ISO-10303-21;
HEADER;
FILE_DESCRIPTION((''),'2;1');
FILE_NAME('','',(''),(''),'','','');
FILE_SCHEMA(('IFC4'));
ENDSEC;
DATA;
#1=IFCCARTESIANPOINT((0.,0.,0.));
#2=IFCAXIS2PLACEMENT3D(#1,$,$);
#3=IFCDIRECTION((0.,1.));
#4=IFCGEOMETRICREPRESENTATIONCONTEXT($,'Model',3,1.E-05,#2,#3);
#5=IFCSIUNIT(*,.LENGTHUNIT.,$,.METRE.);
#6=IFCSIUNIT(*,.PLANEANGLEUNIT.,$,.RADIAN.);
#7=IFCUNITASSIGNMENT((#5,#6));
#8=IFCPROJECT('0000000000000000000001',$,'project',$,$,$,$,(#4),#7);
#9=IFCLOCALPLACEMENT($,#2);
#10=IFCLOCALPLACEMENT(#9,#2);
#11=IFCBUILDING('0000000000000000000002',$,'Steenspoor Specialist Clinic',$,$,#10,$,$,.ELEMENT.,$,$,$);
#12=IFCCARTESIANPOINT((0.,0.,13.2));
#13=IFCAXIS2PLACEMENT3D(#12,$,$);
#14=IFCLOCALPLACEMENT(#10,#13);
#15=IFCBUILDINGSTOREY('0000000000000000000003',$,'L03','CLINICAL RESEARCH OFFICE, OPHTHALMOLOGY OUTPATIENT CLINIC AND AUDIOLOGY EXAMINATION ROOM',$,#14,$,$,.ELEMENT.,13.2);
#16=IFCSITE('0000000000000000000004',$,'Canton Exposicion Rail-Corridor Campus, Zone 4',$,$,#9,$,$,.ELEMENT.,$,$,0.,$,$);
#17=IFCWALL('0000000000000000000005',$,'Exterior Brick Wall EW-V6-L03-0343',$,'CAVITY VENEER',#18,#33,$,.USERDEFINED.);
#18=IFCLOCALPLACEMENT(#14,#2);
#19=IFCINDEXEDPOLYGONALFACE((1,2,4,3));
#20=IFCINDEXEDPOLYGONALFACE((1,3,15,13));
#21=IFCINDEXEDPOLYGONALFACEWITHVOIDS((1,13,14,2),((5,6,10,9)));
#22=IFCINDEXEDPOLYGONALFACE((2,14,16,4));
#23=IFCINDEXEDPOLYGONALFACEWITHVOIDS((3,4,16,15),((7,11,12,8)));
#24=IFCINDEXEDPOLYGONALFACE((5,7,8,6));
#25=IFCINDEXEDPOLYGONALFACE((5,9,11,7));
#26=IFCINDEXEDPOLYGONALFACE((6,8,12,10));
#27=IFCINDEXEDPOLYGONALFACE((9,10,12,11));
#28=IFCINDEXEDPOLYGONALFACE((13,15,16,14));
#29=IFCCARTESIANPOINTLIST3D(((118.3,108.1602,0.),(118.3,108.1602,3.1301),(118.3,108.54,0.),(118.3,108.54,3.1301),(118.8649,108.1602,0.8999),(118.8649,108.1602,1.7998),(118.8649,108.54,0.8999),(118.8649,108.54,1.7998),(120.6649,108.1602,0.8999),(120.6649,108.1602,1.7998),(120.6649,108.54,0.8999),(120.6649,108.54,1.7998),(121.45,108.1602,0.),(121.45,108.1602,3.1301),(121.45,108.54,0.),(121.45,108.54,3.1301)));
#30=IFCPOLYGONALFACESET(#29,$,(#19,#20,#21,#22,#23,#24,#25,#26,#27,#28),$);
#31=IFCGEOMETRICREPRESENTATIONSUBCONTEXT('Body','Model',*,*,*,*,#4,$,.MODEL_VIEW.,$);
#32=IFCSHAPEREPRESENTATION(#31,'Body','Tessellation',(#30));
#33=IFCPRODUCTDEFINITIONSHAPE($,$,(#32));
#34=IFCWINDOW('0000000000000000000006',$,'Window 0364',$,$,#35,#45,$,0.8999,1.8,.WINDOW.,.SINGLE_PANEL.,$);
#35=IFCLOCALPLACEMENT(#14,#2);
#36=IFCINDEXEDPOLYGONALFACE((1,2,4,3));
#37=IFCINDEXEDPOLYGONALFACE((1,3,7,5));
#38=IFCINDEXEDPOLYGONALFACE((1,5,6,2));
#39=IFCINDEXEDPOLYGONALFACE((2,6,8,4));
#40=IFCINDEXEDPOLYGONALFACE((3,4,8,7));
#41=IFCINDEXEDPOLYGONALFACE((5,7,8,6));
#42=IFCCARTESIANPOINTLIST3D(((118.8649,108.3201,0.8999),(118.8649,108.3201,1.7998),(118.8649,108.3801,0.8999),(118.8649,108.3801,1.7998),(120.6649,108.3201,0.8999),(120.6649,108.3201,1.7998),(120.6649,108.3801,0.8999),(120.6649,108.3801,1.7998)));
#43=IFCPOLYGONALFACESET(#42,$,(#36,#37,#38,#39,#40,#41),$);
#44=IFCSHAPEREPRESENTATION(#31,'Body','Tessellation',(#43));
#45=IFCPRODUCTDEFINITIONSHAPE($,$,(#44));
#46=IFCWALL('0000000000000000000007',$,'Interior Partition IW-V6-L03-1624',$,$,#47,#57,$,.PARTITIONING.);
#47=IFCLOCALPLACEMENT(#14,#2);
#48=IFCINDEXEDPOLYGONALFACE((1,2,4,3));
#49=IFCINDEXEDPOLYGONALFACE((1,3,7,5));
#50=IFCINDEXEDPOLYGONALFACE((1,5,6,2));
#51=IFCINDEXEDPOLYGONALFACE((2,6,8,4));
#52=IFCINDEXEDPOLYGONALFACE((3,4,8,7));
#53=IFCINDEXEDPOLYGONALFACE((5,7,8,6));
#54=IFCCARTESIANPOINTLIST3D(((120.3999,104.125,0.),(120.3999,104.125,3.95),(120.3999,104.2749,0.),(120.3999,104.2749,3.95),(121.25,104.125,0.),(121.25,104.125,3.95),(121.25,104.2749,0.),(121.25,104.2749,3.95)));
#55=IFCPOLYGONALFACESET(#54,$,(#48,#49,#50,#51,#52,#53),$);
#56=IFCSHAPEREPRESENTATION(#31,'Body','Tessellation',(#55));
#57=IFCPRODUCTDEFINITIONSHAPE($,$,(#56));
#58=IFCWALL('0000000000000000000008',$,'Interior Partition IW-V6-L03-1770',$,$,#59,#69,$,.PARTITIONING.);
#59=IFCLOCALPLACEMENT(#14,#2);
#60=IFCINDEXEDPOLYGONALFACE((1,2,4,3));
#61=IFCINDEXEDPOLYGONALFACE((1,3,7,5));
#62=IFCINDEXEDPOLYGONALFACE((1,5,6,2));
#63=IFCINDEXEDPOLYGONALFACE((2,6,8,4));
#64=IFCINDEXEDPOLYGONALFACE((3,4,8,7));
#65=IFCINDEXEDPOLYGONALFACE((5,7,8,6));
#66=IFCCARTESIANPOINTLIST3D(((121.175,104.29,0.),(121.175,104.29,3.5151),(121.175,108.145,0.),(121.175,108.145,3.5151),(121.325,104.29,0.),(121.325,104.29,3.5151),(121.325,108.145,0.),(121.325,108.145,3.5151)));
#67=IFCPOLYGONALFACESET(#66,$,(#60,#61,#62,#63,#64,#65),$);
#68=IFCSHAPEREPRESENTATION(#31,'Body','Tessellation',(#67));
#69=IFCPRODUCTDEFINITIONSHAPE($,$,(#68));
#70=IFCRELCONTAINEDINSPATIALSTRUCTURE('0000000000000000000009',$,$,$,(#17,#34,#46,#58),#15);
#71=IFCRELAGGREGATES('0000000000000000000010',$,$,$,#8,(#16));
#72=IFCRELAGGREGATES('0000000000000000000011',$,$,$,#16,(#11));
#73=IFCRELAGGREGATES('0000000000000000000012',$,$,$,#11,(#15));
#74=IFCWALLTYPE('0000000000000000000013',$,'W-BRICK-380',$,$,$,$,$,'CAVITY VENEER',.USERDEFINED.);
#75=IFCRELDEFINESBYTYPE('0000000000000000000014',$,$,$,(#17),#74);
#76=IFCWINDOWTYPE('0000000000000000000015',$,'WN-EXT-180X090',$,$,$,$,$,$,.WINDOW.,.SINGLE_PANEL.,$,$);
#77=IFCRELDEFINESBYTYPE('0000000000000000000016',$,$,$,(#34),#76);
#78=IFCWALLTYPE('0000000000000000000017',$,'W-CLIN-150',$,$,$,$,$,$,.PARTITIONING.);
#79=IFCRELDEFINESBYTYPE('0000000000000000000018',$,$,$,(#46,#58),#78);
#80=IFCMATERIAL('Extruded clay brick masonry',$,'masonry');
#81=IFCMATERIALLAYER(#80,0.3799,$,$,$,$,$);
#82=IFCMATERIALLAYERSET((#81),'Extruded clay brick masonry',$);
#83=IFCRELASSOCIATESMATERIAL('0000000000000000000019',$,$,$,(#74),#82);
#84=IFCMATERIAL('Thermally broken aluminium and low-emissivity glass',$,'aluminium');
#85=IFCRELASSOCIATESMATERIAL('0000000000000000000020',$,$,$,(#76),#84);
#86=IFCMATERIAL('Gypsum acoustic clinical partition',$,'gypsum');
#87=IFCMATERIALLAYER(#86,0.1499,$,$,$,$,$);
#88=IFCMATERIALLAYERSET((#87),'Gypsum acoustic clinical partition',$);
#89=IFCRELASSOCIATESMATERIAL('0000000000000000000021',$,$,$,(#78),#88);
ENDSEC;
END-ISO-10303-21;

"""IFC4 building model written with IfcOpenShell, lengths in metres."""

from ifc_helpers import new_model, si_unit, direction, frame, frame_2d, origin, place, context, subcontext, project, spatial, rectangle, extrude, material, layer, layer_set, type_object, element, fill, save


model = new_model("IFC4")

# Units and contexts
model_context = context("Model", 3, precision=1e-05, world=origin(), true_north=direction((0.0, 1.0)))
body_context = subcontext(model_context, "Body", "Model", "MODEL_VIEW")
ifc_project = project(units=[si_unit("LENGTHUNIT", "METRE"), si_unit("PLANEANGLEUNIT", "RADIAN")], contexts=[model_context])

# Site, building, storey
site_placement = place(None, origin())
site = spatial("IfcSite", under=ifc_project, at=site_placement, Name="Canton Exposicion Rail-Corridor Campus, Zone 4", CompositionType="ELEMENT", RefElevation=0.0)
building_placement = place(site_placement, origin())
building = spatial("IfcBuilding", under=site, at=building_placement, Name="Steenspoor Specialist Clinic", CompositionType="ELEMENT")
storey_placement = place(building_placement, frame((0.0, 0.0, 13.2)))
storey = spatial("IfcBuildingStorey", under=building, at=storey_placement, Name="L03", Description="CLINICAL RESEARCH OFFICE, OPHTHALMOLOGY OUTPATIENT CLINIC AND AUDIOLOGY EXAMINATION ROOM", CompositionType="ELEMENT", Elevation=13.2)

# Shared definitions
ifc_material_1 = material(Name="Thermally broken aluminium and low-emissivity glass", Category="aluminium")

# Wall, opening, window
ifc_material_2 = material(Name="Extruded clay brick masonry", Category="masonry")
ifc_layer_1 = layer(ifc_material_2, 0.3799)
ifc_layer_set_1 = layer_set([ifc_layer_1], Name="Extruded clay brick masonry")
wall_type_1 = type_object("IfcWallType", Name="W-BRICK-380", ElementType="CAVITY VENEER", PredefinedType="USERDEFINED", material=ifc_layer_set_1)
wall_1_placement = place(storey_placement, frame((118.3, 108.3501, 0.0), z_axis=(0.0, 0.0, 1.0), x_axis=(1.0, 0.0, 0.0)))
wall_1 = element("IfcWall", 1, at=wall_1_placement, inside=storey, type_object=wall_type_1, Name="Exterior Brick Wall EW-V6-L03-0343", ObjectType="CAVITY VENEER", PredefinedType="USERDEFINED", context=body_context, shape_type="SweptSolid", body=[
    extrude(rectangle(XDim=3.1499, YDim=0.3799, at=frame_2d((1.575, 0.0))), origin(), (0.0, 0.0, 1.0), 3.1301),
])
opening_placement = place(wall_1_placement, frame((0.5649, 0.0, 0.8999)))
opening = element("IfcOpeningElement", 2, at=opening_placement, cuts=wall_1, PredefinedType="OPENING", context=body_context, shape_type="SweptSolid", body=[
    extrude(rectangle(XDim=1.8, YDim=0.8999, at=frame_2d((0.8999, 0.45))), frame((0.0, 0.2, 0.0), z_axis=(0.0, -1.0, 0.0), x_axis=(1.0, 0.0, 0.0)), (0.0, 0.0, 1.0), 0.3999),
])
window_type = type_object("IfcWindowType", Name="WN-EXT-180X090", PartitioningType="SINGLE_PANEL", PredefinedType="WINDOW", material=ifc_material_1)
window_placement = place(opening_placement, origin())
window = element("IfcWindow", 3, at=window_placement, inside=storey, type_object=window_type, Name="Window 0364", OverallHeight=0.8999, OverallWidth=1.8, PartitioningType="SINGLE_PANEL", PredefinedType="WINDOW", context=body_context, shape_type="SweptSolid", body=[
    extrude(rectangle(XDim=1.8, YDim=0.8999, at=frame_2d((0.8999, 0.45))), frame((0.0, 0.03, 0.0), z_axis=(0.0, -1.0, 0.0), x_axis=(1.0, 0.0, 0.0)), (0.0, 0.0, 1.0), 0.0601),
])
fill(opening, window)

# Walls
ifc_material_3 = material(Name="Gypsum acoustic clinical partition", Category="gypsum")
ifc_layer_2 = layer(ifc_material_3, 0.1499)
ifc_layer_set_2 = layer_set([ifc_layer_2], Name="Gypsum acoustic clinical partition")
wall_type_2 = type_object("IfcWallType", Name="W-CLIN-150", PredefinedType="PARTITIONING", material=ifc_layer_set_2)
wall_2_placement = place(storey_placement, frame((120.3999, 104.2, 0.0), z_axis=(0.0, 0.0, 1.0), x_axis=(1.0, 0.0, 0.0)))
element("IfcWall", 4, at=wall_2_placement, inside=storey, type_object=wall_type_2, Name="Interior Partition IW-V6-L03-1624", PredefinedType="PARTITIONING", context=body_context, shape_type="SweptSolid", body=[
    extrude(rectangle(XDim=0.8501, YDim=0.1499, at=frame_2d((0.425, 0.0))), origin(), (0.0, 0.0, 1.0), 3.95),
])
wall_3_placement = place(storey_placement, frame((121.25, 104.29, 0.0), z_axis=(0.0, 0.0, 1.0), x_axis=(0.0, 1.0, 0.0)))
element("IfcWall", 5, at=wall_3_placement, inside=storey, type_object=wall_type_2, Name="Interior Partition IW-V6-L03-1770", PredefinedType="PARTITIONING", context=body_context, shape_type="SweptSolid", body=[
    extrude(rectangle(XDim=3.855, YDim=0.1499, at=frame_2d((1.9275, 0.0))), origin(), (0.0, 0.0, 1.0), 3.5151),
])

save(model, "model.ifc")
